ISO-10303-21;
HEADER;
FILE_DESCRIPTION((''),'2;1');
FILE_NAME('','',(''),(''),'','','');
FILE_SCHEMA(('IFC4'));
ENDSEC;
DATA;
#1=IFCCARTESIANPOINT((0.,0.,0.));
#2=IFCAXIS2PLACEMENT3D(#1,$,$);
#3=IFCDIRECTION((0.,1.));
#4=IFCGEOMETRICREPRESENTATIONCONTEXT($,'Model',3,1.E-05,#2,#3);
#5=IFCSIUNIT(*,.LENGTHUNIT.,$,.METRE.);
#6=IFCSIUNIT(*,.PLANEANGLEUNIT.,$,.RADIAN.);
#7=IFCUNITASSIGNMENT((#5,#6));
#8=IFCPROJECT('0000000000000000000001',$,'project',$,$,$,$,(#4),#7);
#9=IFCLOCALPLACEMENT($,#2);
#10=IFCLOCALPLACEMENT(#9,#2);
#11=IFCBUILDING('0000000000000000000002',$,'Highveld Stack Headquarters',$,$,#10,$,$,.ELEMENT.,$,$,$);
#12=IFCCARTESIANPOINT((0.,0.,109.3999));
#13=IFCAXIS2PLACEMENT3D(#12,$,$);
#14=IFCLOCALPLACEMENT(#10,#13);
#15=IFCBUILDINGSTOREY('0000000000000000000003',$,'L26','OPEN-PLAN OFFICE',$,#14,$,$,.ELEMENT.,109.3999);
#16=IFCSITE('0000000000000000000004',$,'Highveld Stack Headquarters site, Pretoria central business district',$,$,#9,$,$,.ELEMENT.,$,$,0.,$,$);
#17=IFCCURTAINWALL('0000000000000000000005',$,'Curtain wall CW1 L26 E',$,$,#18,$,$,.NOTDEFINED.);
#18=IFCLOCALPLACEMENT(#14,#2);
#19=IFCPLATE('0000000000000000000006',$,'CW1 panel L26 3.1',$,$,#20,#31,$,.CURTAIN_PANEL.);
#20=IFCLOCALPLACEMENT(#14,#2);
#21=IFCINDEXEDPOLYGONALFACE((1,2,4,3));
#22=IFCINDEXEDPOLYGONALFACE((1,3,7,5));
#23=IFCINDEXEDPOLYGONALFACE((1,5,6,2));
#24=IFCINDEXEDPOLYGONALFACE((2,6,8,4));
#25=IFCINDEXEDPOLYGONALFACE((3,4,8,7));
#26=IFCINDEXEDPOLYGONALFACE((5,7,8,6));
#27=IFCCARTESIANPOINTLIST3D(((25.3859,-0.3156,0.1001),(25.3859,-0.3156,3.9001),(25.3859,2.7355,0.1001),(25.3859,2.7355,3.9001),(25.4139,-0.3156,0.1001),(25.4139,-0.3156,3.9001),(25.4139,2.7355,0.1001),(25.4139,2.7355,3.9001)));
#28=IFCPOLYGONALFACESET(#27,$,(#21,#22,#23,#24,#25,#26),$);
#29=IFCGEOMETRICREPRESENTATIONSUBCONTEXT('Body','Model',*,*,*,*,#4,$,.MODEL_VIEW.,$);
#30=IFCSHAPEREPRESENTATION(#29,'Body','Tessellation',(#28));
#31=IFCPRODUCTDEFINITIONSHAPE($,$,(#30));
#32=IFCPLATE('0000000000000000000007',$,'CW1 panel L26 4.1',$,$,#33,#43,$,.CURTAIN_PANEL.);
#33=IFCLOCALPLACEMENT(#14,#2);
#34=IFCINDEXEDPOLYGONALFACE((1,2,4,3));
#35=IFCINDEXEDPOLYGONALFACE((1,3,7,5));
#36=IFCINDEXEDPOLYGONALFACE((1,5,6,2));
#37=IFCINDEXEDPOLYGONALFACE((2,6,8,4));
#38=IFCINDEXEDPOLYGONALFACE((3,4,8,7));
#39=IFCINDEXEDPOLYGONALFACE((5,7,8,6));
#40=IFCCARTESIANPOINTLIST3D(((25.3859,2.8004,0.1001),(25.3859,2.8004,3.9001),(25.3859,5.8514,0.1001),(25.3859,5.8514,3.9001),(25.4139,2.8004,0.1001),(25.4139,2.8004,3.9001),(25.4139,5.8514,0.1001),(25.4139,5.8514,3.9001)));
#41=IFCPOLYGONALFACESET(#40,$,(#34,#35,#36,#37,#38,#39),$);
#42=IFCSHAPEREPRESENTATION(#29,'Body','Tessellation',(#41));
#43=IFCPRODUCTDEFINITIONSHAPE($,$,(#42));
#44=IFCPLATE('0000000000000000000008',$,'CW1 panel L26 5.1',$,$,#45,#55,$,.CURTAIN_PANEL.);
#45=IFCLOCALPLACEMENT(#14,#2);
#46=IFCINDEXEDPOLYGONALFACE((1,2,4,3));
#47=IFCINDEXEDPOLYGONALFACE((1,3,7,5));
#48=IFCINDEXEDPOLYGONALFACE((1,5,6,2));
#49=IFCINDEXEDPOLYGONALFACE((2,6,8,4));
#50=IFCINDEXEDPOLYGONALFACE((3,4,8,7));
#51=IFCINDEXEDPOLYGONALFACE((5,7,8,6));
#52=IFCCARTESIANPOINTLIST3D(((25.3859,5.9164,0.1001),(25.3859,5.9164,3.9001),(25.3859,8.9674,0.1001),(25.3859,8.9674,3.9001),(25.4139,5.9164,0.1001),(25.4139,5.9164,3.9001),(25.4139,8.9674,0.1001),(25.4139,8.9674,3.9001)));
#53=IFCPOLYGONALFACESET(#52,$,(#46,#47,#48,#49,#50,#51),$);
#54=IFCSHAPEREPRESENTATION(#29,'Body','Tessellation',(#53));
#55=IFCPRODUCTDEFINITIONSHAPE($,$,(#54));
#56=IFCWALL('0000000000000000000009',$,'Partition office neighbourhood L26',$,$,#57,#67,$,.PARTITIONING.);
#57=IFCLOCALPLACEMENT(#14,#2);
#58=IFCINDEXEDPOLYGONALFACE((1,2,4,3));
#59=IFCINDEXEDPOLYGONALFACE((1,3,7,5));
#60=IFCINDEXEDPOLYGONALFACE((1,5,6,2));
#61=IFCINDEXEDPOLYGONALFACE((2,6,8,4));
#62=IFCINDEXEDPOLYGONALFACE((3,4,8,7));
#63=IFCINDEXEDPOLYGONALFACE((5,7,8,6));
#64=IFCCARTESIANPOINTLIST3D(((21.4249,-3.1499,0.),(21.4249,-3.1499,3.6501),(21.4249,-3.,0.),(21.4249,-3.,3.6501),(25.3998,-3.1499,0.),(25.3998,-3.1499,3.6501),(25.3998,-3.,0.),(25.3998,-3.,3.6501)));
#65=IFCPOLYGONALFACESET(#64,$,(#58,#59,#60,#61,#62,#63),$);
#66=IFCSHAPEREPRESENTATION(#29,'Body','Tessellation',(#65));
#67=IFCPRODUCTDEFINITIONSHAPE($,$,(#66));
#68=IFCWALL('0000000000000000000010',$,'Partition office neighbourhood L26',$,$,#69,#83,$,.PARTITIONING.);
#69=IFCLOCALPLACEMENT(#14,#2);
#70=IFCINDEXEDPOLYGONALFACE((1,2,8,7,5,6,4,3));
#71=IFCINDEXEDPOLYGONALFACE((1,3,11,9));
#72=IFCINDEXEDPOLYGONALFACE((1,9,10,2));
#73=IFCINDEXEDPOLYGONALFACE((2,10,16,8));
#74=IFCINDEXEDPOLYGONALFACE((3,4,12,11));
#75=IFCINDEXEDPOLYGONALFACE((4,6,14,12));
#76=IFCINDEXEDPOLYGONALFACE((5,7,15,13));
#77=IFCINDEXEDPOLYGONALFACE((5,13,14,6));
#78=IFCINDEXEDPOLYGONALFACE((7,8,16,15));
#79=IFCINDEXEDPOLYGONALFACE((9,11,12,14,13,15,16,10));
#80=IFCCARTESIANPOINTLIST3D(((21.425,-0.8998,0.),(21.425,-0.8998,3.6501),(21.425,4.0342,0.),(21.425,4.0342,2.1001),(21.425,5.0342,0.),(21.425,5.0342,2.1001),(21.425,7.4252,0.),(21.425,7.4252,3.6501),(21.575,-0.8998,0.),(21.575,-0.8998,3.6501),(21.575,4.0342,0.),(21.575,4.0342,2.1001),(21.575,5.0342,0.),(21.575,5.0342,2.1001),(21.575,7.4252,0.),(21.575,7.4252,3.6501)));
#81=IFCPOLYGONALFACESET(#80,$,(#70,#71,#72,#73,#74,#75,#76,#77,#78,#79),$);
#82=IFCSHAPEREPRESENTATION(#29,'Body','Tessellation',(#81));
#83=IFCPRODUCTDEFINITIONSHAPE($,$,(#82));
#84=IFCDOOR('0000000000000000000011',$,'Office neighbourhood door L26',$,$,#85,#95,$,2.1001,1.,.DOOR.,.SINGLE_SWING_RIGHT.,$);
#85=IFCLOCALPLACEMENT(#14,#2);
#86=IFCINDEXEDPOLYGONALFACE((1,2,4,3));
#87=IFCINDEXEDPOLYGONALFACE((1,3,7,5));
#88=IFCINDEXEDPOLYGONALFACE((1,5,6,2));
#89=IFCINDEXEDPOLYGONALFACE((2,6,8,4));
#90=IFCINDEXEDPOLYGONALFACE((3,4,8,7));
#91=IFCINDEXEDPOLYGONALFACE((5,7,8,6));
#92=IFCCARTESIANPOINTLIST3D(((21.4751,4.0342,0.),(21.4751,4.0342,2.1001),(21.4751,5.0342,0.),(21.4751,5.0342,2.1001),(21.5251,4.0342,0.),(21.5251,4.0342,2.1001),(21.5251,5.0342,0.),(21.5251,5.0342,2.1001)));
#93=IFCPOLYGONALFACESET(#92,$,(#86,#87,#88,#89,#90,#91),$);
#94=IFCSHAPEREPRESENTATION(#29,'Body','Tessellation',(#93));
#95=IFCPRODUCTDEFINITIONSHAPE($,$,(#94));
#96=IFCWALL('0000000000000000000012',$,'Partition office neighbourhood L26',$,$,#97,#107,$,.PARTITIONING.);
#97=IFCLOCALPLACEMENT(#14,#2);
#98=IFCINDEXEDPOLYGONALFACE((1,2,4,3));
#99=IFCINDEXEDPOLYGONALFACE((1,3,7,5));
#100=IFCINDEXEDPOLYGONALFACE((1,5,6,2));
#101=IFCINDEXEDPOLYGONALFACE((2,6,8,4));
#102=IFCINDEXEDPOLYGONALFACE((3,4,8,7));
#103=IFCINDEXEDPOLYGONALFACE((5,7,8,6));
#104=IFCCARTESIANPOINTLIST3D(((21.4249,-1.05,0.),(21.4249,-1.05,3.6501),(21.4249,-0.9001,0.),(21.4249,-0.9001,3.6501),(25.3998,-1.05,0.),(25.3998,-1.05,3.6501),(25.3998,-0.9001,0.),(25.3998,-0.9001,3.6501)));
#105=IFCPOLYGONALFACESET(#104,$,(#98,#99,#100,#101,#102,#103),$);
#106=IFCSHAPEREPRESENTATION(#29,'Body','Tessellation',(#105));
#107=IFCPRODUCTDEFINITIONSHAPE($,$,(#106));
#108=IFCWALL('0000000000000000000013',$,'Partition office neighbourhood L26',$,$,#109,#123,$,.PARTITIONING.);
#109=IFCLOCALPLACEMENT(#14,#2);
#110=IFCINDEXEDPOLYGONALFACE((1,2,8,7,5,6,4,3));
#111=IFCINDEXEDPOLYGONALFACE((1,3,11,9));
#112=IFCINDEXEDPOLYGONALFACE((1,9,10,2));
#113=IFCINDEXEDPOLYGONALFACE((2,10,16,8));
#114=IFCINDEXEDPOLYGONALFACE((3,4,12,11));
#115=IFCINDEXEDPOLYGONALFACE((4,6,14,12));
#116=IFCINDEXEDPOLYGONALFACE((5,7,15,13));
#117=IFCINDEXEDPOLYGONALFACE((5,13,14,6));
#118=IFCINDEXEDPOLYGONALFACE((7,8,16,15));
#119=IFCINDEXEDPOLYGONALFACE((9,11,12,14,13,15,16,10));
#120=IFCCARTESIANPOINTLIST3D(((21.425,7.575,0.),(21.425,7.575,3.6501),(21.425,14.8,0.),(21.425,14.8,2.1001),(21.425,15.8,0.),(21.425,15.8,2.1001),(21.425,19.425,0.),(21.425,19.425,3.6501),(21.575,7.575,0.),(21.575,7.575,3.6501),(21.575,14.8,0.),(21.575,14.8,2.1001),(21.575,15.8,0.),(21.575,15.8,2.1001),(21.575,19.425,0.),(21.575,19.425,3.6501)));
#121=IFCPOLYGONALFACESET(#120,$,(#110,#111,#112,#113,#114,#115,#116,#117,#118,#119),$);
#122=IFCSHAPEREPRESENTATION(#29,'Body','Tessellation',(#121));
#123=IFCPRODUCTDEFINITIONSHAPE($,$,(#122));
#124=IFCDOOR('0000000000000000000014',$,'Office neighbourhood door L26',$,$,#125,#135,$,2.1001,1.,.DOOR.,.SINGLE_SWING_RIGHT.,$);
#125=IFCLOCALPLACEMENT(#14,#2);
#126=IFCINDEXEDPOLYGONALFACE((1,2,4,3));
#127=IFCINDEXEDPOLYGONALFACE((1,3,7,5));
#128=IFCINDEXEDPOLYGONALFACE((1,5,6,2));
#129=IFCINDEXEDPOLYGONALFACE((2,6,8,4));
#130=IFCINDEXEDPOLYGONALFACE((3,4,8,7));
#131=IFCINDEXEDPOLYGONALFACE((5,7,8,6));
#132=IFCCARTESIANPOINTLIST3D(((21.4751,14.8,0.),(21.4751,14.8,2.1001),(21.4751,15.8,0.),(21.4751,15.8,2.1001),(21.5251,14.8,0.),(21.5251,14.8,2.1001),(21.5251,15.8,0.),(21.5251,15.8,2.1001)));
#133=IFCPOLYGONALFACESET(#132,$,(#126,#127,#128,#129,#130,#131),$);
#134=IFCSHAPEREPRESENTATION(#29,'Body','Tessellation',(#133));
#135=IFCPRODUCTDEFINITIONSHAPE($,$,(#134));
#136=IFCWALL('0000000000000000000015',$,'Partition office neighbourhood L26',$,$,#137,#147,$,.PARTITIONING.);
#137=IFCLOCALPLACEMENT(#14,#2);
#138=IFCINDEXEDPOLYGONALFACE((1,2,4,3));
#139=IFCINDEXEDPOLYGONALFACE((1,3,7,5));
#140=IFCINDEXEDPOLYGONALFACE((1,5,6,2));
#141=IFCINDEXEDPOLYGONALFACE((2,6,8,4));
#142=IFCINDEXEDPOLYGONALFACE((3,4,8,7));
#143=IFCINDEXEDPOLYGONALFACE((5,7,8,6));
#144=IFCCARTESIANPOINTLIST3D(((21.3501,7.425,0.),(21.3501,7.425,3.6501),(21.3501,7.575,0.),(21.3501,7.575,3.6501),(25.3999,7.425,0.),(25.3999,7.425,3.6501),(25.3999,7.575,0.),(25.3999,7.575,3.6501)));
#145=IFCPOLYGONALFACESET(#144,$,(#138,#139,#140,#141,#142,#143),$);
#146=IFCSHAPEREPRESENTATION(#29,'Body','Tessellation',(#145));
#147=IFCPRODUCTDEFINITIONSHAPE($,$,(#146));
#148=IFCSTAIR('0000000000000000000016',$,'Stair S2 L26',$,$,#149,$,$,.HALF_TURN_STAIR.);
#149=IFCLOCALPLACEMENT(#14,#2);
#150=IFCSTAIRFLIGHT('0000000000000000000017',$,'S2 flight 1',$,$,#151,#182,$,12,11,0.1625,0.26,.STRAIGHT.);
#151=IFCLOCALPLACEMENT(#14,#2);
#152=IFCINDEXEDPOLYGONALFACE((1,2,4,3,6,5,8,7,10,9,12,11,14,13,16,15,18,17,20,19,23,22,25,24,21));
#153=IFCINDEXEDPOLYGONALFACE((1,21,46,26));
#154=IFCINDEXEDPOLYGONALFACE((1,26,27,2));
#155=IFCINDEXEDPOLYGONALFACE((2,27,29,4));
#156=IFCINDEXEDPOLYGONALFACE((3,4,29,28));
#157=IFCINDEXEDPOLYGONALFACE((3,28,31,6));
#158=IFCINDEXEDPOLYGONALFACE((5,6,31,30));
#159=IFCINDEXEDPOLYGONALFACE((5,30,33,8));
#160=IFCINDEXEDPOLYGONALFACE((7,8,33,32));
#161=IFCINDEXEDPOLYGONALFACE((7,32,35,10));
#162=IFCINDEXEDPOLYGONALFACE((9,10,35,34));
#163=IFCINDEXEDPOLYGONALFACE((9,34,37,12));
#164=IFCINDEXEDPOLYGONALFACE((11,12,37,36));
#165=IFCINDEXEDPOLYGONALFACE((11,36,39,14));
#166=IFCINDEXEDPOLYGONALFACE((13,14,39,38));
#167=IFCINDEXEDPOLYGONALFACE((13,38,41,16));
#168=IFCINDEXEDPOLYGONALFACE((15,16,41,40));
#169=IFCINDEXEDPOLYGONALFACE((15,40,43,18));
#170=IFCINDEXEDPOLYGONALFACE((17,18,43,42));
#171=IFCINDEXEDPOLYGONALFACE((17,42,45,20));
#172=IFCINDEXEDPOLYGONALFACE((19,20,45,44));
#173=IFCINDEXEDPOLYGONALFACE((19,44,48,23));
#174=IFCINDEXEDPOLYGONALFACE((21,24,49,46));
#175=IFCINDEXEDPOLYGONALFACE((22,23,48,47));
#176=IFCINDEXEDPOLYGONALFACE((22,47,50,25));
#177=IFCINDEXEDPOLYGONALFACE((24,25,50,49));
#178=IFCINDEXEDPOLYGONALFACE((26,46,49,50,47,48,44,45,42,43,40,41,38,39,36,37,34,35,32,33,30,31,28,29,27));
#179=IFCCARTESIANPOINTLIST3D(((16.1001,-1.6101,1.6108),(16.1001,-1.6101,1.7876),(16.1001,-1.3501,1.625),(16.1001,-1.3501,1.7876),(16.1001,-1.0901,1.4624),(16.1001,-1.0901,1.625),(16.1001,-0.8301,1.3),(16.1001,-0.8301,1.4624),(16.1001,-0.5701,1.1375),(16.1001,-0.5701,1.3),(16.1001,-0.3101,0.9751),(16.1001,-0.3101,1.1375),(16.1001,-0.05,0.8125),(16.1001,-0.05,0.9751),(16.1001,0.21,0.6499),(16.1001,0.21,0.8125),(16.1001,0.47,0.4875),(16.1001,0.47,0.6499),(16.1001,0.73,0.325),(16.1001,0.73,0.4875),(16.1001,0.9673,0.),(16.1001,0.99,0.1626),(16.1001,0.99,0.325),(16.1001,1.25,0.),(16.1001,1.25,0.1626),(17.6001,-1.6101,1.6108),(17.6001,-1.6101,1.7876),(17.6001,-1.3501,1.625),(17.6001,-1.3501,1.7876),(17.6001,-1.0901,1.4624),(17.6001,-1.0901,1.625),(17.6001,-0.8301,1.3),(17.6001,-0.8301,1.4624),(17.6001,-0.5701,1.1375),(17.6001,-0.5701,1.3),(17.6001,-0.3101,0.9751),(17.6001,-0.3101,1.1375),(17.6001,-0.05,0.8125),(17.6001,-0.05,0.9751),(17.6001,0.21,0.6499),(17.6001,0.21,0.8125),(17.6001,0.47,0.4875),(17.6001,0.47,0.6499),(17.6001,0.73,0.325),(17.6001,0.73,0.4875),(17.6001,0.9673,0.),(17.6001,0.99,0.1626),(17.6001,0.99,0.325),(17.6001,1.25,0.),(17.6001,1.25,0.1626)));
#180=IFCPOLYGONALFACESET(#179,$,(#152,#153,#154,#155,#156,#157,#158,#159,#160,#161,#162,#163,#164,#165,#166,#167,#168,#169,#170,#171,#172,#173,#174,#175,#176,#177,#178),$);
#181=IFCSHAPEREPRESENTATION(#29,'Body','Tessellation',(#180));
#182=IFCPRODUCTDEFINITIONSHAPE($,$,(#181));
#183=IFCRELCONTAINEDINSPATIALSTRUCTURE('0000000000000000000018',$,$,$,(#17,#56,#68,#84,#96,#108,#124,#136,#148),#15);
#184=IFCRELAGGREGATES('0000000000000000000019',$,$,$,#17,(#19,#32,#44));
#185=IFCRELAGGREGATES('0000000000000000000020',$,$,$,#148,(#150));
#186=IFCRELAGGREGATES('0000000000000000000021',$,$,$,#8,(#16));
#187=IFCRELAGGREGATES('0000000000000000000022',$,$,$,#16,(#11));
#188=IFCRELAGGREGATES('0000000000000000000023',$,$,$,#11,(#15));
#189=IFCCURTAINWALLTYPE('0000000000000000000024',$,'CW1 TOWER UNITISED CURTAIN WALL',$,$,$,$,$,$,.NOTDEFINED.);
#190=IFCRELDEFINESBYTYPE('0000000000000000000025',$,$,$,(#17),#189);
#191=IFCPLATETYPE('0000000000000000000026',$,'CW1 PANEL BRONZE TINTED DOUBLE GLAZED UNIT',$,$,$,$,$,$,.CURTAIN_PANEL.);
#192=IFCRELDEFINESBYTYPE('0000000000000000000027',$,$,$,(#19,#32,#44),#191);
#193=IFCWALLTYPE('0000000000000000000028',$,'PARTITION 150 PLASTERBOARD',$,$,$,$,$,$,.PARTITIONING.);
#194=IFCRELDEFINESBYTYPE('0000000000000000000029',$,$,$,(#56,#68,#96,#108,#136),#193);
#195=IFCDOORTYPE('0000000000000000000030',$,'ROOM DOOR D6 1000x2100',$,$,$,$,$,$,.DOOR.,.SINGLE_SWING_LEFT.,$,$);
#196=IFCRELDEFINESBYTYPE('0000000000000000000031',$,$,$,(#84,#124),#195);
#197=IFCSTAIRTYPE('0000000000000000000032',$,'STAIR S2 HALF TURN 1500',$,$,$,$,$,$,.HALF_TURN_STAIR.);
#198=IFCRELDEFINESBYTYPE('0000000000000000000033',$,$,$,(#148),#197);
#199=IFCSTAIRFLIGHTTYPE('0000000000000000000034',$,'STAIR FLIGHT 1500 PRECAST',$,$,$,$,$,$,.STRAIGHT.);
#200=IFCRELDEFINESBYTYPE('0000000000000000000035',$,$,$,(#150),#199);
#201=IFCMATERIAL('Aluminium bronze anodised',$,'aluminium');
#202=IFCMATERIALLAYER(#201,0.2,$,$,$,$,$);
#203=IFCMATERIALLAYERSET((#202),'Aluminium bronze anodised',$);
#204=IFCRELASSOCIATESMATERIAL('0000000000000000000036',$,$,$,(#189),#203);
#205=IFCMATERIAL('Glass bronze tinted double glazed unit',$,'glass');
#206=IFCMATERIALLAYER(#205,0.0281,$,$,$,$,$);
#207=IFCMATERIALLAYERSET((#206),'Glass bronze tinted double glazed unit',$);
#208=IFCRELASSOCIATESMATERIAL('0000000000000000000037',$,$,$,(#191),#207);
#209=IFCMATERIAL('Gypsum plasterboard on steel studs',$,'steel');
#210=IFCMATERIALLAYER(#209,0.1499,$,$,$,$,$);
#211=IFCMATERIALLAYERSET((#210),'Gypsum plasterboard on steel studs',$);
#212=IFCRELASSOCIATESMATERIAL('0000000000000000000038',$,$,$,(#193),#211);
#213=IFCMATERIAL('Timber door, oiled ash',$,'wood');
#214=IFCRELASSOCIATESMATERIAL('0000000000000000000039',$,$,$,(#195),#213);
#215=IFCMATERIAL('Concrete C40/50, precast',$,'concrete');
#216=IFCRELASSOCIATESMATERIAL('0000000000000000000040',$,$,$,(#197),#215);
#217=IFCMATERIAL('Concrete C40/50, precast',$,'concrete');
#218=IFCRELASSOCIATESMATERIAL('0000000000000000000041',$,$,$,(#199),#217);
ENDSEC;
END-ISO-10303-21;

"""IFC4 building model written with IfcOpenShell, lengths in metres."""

from ifc_helpers import new_model, si_unit, direction, frame, frame_2d, origin, origin_2d, place, context, subcontext, project, spatial, polyline, rectangle, outline, extrude, material, layer, layer_set, type_object, element, fill, aggregate, save


model = new_model("IFC4")

# Units and contexts
model_context = context("Model", 3, precision=1e-05, world=origin(), true_north=direction((0.0, 1.0)))
body_context = subcontext(model_context, "Body", "Model", "MODEL_VIEW")
ifc_project = project(units=[si_unit("LENGTHUNIT", "METRE"), si_unit("PLANEANGLEUNIT", "RADIAN")], contexts=[model_context])

# Site, building, storey
site_placement = place(None, origin())
site = spatial("IfcSite", under=ifc_project, at=site_placement, Name="Highveld Stack Headquarters site, Pretoria central business district", CompositionType="ELEMENT", RefElevation=0.0)
building_placement = place(site_placement, origin())
building = spatial("IfcBuilding", under=site, at=building_placement, Name="Highveld Stack Headquarters", CompositionType="ELEMENT")
storey_placement = place(building_placement, frame((0.0, 0.0, 109.3999)))
storey = spatial("IfcBuildingStorey", under=building, at=storey_placement, Name="L26", Description="OPEN-PLAN OFFICE", CompositionType="ELEMENT", Elevation=109.3999)

# Curtain wall, plates
ifc_material_1 = material(Name="Aluminium bronze anodised", Category="aluminium")
ifc_layer_1 = layer(ifc_material_1, 0.2)
ifc_layer_set_1 = layer_set([ifc_layer_1], Name="Aluminium bronze anodised")
curtain_wall_type = type_object("IfcCurtainWallType", Name="CW1 TOWER UNITISED CURTAIN WALL", PredefinedType="NOTDEFINED", material=ifc_layer_set_1)
curtain_wall_placement = place(storey_placement, origin())
curtain_wall = element("IfcCurtainWall", 1, at=curtain_wall_placement, inside=storey, type_object=curtain_wall_type, Name="Curtain wall CW1 L26 E", PredefinedType="NOTDEFINED")
ifc_material_2 = material(Name="Glass bronze tinted double glazed unit", Category="glass")
ifc_layer_2 = layer(ifc_material_2, 0.0281)
ifc_layer_set_2 = layer_set([ifc_layer_2], Name="Glass bronze tinted double glazed unit")
plate_type = type_object("IfcPlateType", Name="CW1 PANEL BRONZE TINTED DOUBLE GLAZED UNIT", PredefinedType="CURTAIN_PANEL", material=ifc_layer_set_2)
plate_1_placement = place(storey_placement, frame((25.3999, 1.21, 0.1001), z_axis=(0.0, 0.0, 1.0), x_axis=(0.0, 1.0, 0.0)))
plate_1 = element("IfcPlate", 2, at=plate_1_placement, type_object=plate_type, Name="CW1 panel L26 3.1", PredefinedType="CURTAIN_PANEL", context=body_context, shape_type="SweptSolid", body=[
    extrude(rectangle(XDim=3.051, YDim=0.0281, at=origin_2d()), origin(), (0.0, 0.0, 1.0), 3.8),
])
plate_2_placement = place(storey_placement, frame((25.3999, 4.3259, 0.1001), z_axis=(0.0, 0.0, 1.0), x_axis=(0.0, 1.0, 0.0)))
plate_2 = element("IfcPlate", 3, at=plate_2_placement, type_object=plate_type, Name="CW1 panel L26 4.1", PredefinedType="CURTAIN_PANEL", context=body_context, shape_type="SweptSolid", body=[
    extrude(rectangle(XDim=3.051, YDim=0.0281, at=origin_2d()), origin(), (0.0, 0.0, 1.0), 3.8),
])
plate_3_placement = place(storey_placement, frame((25.3999, 7.4419, 0.1001), z_axis=(0.0, 0.0, 1.0), x_axis=(0.0, 1.0, 0.0)))
plate_3 = element("IfcPlate", 4, at=plate_3_placement, type_object=plate_type, Name="CW1 panel L26 5.1", PredefinedType="CURTAIN_PANEL", context=body_context, shape_type="SweptSolid", body=[
    extrude(rectangle(XDim=3.051, YDim=0.0281, at=origin_2d()), origin(), (0.0, 0.0, 1.0), 3.8),
])
aggregate(curtain_wall, [plate_1, plate_2, plate_3])

# Wall
ifc_material_3 = material(Name="Gypsum plasterboard on steel studs", Category="steel")
ifc_layer_3 = layer(ifc_material_3, 0.1499)
ifc_layer_set_3 = layer_set([ifc_layer_3], Name="Gypsum plasterboard on steel studs")
wall_type = type_object("IfcWallType", Name="PARTITION 150 PLASTERBOARD", PredefinedType="PARTITIONING", material=ifc_layer_set_3)
wall_1_placement = place(storey_placement, frame((21.425, -3.075, 0.0), z_axis=(0.0, 0.0, 1.0), x_axis=(1.0, 0.0, 0.0)))
element("IfcWall", 5, at=wall_1_placement, inside=storey, type_object=wall_type, Name="Partition office neighbourhood L26", PredefinedType="PARTITIONING", context=body_context, shape_type="SweptSolid", body=[
    extrude(rectangle(XDim=3.9749, YDim=0.1499, at=frame_2d((1.9873, 0.0))), origin(), (0.0, 0.0, 1.0), 3.6501),
])

# Wall, opening, door
wall_2_placement = place(storey_placement, frame((21.5, -0.8999, 0.0), z_axis=(0.0, 0.0, 1.0), x_axis=(0.0, 1.0, 0.0)))
wall_2 = element("IfcWall", 6, at=wall_2_placement, inside=storey, type_object=wall_type, Name="Partition office neighbourhood L26", PredefinedType="PARTITIONING", context=body_context, shape_type="SweptSolid", body=[
    extrude(rectangle(XDim=8.325, YDim=0.1499, at=frame_2d((4.1626, 0.0))), origin(), (0.0, 0.0, 1.0), 3.6501),
])
opening_1_placement = place(wall_2_placement, frame((4.9341, 0.0, 0.0)))
opening_1 = element("IfcOpeningElement", 7, at=opening_1_placement, cuts=wall_2, PredefinedType="OPENING", context=body_context, shape_type="SweptSolid", body=[
    extrude(rectangle(XDim=1.0, YDim=2.1001, at=frame_2d((0.5, 1.05))), frame((0.0, 0.085, 0.0), z_axis=(0.0, -1.0, 0.0), x_axis=(1.0, 0.0, 0.0)), (0.0, 0.0, 1.0), 0.1699),
])
ifc_material_4 = material(Name="Timber door, oiled ash", Category="wood")
door_type = type_object("IfcDoorType", Name="ROOM DOOR D6 1000x2100", OperationType="SINGLE_SWING_LEFT", PredefinedType="DOOR", material=ifc_material_4)
door_1_placement = place(opening_1_placement, origin())
door_1 = element("IfcDoor", 8, at=door_1_placement, inside=storey, type_object=door_type, Name="Office neighbourhood door L26", OperationType="SINGLE_SWING_RIGHT", OverallHeight=2.1001, OverallWidth=1.0, PredefinedType="DOOR", context=body_context, shape_type="SweptSolid", body=[
    extrude(rectangle(XDim=1.0, YDim=2.1001, at=frame_2d((0.5, 1.05))), frame((0.0, 0.0249, 0.0), z_axis=(0.0, -1.0, 0.0), x_axis=(1.0, 0.0, 0.0)), (0.0, 0.0, 1.0), 0.05),
])
fill(opening_1, door_1)

# Wall
wall_3_placement = place(storey_placement, frame((21.425, -0.9751, 0.0), z_axis=(0.0, 0.0, 1.0), x_axis=(1.0, 0.0, 0.0)))
element("IfcWall", 9, at=wall_3_placement, inside=storey, type_object=wall_type, Name="Partition office neighbourhood L26", PredefinedType="PARTITIONING", context=body_context, shape_type="SweptSolid", body=[
    extrude(rectangle(XDim=3.9749, YDim=0.1499, at=frame_2d((1.9873, 0.0))), origin(), (0.0, 0.0, 1.0), 3.6501),
])

# Wall, opening, door
wall_4_placement = place(storey_placement, frame((21.5, 7.575, 0.0), z_axis=(0.0, 0.0, 1.0), x_axis=(0.0, 1.0, 0.0)))
wall_4 = element("IfcWall", 10, at=wall_4_placement, inside=storey, type_object=wall_type, Name="Partition office neighbourhood L26", PredefinedType="PARTITIONING", context=body_context, shape_type="SweptSolid", body=[
    extrude(rectangle(XDim=11.8501, YDim=0.1499, at=frame_2d((5.925, 0.0))), origin(), (0.0, 0.0, 1.0), 3.6501),
])
opening_2_placement = place(wall_4_placement, frame((7.2251, 0.0, 0.0)))
opening_2 = element("IfcOpeningElement", 11, at=opening_2_placement, cuts=wall_4, PredefinedType="OPENING", context=body_context, shape_type="SweptSolid", body=[
    extrude(rectangle(XDim=1.0, YDim=2.1001, at=frame_2d((0.5, 1.05))), frame((0.0, 0.085, 0.0), z_axis=(0.0, -1.0, 0.0), x_axis=(1.0, 0.0, 0.0)), (0.0, 0.0, 1.0), 0.1699),
])
door_2_placement = place(opening_2_placement, origin())
door_2 = element("IfcDoor", 12, at=door_2_placement, inside=storey, type_object=door_type, Name="Office neighbourhood door L26", OperationType="SINGLE_SWING_RIGHT", OverallHeight=2.1001, OverallWidth=1.0, PredefinedType="DOOR", context=body_context, shape_type="SweptSolid", body=[
    extrude(rectangle(XDim=1.0, YDim=2.1001, at=frame_2d((0.5, 1.05))), frame((0.0, 0.0249, 0.0), z_axis=(0.0, -1.0, 0.0), x_axis=(1.0, 0.0, 0.0)), (0.0, 0.0, 1.0), 0.05),
])
fill(opening_2, door_2)

# Wall
wall_5_placement = place(storey_placement, frame((21.3501, 7.5, 0.0), z_axis=(0.0, 0.0, 1.0), x_axis=(1.0, 0.0, 0.0)))
element("IfcWall", 13, at=wall_5_placement, inside=storey, type_object=wall_type, Name="Partition office neighbourhood L26", PredefinedType="PARTITIONING", context=body_context, shape_type="SweptSolid", body=[
    extrude(rectangle(XDim=4.0498, YDim=0.1499, at=frame_2d((2.0249, 0.0))), origin(), (0.0, 0.0, 1.0), 3.6501),
])

# Stair, stair flight
ifc_material_5 = material(Name="Concrete C40/50, precast", Category="concrete")
stair_type = type_object("IfcStairType", Name="STAIR S2 HALF TURN 1500", PredefinedType="HALF_TURN_STAIR", material=ifc_material_5)
stair_placement = place(storey_placement, origin())
stair = element("IfcStair", 14, at=stair_placement, inside=storey, type_object=stair_type, Name="Stair S2 L26", PredefinedType="HALF_TURN_STAIR")
ifc_material_6 = material(Name="Concrete C40/50, precast", Category="concrete")
stair_flight_type = type_object("IfcStairFlightType", Name="STAIR FLIGHT 1500 PRECAST", PredefinedType="STRAIGHT", material=ifc_material_6)
stair_flight_placement = place(storey_placement, frame((16.8501, 1.25, 0.0), z_axis=(0.0, 0.0, 1.0), x_axis=(0.0, -1.0, 0.0)))
stair_flight = element("IfcStairFlight", 15, at=stair_flight_placement, type_object=stair_flight_type, Name="S2 flight 1", NumberOfRisers=12, NumberOfTreads=11, PredefinedType="STRAIGHT", RiserHeight=0.1625, TreadLength=0.26, context=body_context, shape_type="SweptSolid", body=[
    extrude(outline(polyline([(0.0, 0.0), (0.0, 0.1626), (0.26, 0.1626), (0.26, 0.325), (0.52, 0.325), (0.52, 0.4875), (0.78, 0.4875), (0.78, 0.6499), (1.04, 0.6499), (1.04, 0.8125), (1.3, 0.8125), (1.3, 0.9751), (1.5601, 0.9751), (1.5601, 1.1375), (1.8201, 1.1375), (1.8201, 1.3), (2.0801, 1.3), (2.0801, 1.4624), (2.3401, 1.4624), (2.3401, 1.625), (2.6001, 1.625), (2.6001, 1.7876), (2.8601, 1.7876), (2.8601, 1.95), (2.8601, 1.6108), (0.2827, 0.0), (0.0, 0.0)])), frame((0.0, 0.75, 0.0), z_axis=(0.0, -1.0, 0.0), x_axis=(1.0, 0.0, 0.0)), (0.0, 0.0, 1.0), 1.5),
])
aggregate(stair, [stair_flight])

save(model, "model.ifc")
